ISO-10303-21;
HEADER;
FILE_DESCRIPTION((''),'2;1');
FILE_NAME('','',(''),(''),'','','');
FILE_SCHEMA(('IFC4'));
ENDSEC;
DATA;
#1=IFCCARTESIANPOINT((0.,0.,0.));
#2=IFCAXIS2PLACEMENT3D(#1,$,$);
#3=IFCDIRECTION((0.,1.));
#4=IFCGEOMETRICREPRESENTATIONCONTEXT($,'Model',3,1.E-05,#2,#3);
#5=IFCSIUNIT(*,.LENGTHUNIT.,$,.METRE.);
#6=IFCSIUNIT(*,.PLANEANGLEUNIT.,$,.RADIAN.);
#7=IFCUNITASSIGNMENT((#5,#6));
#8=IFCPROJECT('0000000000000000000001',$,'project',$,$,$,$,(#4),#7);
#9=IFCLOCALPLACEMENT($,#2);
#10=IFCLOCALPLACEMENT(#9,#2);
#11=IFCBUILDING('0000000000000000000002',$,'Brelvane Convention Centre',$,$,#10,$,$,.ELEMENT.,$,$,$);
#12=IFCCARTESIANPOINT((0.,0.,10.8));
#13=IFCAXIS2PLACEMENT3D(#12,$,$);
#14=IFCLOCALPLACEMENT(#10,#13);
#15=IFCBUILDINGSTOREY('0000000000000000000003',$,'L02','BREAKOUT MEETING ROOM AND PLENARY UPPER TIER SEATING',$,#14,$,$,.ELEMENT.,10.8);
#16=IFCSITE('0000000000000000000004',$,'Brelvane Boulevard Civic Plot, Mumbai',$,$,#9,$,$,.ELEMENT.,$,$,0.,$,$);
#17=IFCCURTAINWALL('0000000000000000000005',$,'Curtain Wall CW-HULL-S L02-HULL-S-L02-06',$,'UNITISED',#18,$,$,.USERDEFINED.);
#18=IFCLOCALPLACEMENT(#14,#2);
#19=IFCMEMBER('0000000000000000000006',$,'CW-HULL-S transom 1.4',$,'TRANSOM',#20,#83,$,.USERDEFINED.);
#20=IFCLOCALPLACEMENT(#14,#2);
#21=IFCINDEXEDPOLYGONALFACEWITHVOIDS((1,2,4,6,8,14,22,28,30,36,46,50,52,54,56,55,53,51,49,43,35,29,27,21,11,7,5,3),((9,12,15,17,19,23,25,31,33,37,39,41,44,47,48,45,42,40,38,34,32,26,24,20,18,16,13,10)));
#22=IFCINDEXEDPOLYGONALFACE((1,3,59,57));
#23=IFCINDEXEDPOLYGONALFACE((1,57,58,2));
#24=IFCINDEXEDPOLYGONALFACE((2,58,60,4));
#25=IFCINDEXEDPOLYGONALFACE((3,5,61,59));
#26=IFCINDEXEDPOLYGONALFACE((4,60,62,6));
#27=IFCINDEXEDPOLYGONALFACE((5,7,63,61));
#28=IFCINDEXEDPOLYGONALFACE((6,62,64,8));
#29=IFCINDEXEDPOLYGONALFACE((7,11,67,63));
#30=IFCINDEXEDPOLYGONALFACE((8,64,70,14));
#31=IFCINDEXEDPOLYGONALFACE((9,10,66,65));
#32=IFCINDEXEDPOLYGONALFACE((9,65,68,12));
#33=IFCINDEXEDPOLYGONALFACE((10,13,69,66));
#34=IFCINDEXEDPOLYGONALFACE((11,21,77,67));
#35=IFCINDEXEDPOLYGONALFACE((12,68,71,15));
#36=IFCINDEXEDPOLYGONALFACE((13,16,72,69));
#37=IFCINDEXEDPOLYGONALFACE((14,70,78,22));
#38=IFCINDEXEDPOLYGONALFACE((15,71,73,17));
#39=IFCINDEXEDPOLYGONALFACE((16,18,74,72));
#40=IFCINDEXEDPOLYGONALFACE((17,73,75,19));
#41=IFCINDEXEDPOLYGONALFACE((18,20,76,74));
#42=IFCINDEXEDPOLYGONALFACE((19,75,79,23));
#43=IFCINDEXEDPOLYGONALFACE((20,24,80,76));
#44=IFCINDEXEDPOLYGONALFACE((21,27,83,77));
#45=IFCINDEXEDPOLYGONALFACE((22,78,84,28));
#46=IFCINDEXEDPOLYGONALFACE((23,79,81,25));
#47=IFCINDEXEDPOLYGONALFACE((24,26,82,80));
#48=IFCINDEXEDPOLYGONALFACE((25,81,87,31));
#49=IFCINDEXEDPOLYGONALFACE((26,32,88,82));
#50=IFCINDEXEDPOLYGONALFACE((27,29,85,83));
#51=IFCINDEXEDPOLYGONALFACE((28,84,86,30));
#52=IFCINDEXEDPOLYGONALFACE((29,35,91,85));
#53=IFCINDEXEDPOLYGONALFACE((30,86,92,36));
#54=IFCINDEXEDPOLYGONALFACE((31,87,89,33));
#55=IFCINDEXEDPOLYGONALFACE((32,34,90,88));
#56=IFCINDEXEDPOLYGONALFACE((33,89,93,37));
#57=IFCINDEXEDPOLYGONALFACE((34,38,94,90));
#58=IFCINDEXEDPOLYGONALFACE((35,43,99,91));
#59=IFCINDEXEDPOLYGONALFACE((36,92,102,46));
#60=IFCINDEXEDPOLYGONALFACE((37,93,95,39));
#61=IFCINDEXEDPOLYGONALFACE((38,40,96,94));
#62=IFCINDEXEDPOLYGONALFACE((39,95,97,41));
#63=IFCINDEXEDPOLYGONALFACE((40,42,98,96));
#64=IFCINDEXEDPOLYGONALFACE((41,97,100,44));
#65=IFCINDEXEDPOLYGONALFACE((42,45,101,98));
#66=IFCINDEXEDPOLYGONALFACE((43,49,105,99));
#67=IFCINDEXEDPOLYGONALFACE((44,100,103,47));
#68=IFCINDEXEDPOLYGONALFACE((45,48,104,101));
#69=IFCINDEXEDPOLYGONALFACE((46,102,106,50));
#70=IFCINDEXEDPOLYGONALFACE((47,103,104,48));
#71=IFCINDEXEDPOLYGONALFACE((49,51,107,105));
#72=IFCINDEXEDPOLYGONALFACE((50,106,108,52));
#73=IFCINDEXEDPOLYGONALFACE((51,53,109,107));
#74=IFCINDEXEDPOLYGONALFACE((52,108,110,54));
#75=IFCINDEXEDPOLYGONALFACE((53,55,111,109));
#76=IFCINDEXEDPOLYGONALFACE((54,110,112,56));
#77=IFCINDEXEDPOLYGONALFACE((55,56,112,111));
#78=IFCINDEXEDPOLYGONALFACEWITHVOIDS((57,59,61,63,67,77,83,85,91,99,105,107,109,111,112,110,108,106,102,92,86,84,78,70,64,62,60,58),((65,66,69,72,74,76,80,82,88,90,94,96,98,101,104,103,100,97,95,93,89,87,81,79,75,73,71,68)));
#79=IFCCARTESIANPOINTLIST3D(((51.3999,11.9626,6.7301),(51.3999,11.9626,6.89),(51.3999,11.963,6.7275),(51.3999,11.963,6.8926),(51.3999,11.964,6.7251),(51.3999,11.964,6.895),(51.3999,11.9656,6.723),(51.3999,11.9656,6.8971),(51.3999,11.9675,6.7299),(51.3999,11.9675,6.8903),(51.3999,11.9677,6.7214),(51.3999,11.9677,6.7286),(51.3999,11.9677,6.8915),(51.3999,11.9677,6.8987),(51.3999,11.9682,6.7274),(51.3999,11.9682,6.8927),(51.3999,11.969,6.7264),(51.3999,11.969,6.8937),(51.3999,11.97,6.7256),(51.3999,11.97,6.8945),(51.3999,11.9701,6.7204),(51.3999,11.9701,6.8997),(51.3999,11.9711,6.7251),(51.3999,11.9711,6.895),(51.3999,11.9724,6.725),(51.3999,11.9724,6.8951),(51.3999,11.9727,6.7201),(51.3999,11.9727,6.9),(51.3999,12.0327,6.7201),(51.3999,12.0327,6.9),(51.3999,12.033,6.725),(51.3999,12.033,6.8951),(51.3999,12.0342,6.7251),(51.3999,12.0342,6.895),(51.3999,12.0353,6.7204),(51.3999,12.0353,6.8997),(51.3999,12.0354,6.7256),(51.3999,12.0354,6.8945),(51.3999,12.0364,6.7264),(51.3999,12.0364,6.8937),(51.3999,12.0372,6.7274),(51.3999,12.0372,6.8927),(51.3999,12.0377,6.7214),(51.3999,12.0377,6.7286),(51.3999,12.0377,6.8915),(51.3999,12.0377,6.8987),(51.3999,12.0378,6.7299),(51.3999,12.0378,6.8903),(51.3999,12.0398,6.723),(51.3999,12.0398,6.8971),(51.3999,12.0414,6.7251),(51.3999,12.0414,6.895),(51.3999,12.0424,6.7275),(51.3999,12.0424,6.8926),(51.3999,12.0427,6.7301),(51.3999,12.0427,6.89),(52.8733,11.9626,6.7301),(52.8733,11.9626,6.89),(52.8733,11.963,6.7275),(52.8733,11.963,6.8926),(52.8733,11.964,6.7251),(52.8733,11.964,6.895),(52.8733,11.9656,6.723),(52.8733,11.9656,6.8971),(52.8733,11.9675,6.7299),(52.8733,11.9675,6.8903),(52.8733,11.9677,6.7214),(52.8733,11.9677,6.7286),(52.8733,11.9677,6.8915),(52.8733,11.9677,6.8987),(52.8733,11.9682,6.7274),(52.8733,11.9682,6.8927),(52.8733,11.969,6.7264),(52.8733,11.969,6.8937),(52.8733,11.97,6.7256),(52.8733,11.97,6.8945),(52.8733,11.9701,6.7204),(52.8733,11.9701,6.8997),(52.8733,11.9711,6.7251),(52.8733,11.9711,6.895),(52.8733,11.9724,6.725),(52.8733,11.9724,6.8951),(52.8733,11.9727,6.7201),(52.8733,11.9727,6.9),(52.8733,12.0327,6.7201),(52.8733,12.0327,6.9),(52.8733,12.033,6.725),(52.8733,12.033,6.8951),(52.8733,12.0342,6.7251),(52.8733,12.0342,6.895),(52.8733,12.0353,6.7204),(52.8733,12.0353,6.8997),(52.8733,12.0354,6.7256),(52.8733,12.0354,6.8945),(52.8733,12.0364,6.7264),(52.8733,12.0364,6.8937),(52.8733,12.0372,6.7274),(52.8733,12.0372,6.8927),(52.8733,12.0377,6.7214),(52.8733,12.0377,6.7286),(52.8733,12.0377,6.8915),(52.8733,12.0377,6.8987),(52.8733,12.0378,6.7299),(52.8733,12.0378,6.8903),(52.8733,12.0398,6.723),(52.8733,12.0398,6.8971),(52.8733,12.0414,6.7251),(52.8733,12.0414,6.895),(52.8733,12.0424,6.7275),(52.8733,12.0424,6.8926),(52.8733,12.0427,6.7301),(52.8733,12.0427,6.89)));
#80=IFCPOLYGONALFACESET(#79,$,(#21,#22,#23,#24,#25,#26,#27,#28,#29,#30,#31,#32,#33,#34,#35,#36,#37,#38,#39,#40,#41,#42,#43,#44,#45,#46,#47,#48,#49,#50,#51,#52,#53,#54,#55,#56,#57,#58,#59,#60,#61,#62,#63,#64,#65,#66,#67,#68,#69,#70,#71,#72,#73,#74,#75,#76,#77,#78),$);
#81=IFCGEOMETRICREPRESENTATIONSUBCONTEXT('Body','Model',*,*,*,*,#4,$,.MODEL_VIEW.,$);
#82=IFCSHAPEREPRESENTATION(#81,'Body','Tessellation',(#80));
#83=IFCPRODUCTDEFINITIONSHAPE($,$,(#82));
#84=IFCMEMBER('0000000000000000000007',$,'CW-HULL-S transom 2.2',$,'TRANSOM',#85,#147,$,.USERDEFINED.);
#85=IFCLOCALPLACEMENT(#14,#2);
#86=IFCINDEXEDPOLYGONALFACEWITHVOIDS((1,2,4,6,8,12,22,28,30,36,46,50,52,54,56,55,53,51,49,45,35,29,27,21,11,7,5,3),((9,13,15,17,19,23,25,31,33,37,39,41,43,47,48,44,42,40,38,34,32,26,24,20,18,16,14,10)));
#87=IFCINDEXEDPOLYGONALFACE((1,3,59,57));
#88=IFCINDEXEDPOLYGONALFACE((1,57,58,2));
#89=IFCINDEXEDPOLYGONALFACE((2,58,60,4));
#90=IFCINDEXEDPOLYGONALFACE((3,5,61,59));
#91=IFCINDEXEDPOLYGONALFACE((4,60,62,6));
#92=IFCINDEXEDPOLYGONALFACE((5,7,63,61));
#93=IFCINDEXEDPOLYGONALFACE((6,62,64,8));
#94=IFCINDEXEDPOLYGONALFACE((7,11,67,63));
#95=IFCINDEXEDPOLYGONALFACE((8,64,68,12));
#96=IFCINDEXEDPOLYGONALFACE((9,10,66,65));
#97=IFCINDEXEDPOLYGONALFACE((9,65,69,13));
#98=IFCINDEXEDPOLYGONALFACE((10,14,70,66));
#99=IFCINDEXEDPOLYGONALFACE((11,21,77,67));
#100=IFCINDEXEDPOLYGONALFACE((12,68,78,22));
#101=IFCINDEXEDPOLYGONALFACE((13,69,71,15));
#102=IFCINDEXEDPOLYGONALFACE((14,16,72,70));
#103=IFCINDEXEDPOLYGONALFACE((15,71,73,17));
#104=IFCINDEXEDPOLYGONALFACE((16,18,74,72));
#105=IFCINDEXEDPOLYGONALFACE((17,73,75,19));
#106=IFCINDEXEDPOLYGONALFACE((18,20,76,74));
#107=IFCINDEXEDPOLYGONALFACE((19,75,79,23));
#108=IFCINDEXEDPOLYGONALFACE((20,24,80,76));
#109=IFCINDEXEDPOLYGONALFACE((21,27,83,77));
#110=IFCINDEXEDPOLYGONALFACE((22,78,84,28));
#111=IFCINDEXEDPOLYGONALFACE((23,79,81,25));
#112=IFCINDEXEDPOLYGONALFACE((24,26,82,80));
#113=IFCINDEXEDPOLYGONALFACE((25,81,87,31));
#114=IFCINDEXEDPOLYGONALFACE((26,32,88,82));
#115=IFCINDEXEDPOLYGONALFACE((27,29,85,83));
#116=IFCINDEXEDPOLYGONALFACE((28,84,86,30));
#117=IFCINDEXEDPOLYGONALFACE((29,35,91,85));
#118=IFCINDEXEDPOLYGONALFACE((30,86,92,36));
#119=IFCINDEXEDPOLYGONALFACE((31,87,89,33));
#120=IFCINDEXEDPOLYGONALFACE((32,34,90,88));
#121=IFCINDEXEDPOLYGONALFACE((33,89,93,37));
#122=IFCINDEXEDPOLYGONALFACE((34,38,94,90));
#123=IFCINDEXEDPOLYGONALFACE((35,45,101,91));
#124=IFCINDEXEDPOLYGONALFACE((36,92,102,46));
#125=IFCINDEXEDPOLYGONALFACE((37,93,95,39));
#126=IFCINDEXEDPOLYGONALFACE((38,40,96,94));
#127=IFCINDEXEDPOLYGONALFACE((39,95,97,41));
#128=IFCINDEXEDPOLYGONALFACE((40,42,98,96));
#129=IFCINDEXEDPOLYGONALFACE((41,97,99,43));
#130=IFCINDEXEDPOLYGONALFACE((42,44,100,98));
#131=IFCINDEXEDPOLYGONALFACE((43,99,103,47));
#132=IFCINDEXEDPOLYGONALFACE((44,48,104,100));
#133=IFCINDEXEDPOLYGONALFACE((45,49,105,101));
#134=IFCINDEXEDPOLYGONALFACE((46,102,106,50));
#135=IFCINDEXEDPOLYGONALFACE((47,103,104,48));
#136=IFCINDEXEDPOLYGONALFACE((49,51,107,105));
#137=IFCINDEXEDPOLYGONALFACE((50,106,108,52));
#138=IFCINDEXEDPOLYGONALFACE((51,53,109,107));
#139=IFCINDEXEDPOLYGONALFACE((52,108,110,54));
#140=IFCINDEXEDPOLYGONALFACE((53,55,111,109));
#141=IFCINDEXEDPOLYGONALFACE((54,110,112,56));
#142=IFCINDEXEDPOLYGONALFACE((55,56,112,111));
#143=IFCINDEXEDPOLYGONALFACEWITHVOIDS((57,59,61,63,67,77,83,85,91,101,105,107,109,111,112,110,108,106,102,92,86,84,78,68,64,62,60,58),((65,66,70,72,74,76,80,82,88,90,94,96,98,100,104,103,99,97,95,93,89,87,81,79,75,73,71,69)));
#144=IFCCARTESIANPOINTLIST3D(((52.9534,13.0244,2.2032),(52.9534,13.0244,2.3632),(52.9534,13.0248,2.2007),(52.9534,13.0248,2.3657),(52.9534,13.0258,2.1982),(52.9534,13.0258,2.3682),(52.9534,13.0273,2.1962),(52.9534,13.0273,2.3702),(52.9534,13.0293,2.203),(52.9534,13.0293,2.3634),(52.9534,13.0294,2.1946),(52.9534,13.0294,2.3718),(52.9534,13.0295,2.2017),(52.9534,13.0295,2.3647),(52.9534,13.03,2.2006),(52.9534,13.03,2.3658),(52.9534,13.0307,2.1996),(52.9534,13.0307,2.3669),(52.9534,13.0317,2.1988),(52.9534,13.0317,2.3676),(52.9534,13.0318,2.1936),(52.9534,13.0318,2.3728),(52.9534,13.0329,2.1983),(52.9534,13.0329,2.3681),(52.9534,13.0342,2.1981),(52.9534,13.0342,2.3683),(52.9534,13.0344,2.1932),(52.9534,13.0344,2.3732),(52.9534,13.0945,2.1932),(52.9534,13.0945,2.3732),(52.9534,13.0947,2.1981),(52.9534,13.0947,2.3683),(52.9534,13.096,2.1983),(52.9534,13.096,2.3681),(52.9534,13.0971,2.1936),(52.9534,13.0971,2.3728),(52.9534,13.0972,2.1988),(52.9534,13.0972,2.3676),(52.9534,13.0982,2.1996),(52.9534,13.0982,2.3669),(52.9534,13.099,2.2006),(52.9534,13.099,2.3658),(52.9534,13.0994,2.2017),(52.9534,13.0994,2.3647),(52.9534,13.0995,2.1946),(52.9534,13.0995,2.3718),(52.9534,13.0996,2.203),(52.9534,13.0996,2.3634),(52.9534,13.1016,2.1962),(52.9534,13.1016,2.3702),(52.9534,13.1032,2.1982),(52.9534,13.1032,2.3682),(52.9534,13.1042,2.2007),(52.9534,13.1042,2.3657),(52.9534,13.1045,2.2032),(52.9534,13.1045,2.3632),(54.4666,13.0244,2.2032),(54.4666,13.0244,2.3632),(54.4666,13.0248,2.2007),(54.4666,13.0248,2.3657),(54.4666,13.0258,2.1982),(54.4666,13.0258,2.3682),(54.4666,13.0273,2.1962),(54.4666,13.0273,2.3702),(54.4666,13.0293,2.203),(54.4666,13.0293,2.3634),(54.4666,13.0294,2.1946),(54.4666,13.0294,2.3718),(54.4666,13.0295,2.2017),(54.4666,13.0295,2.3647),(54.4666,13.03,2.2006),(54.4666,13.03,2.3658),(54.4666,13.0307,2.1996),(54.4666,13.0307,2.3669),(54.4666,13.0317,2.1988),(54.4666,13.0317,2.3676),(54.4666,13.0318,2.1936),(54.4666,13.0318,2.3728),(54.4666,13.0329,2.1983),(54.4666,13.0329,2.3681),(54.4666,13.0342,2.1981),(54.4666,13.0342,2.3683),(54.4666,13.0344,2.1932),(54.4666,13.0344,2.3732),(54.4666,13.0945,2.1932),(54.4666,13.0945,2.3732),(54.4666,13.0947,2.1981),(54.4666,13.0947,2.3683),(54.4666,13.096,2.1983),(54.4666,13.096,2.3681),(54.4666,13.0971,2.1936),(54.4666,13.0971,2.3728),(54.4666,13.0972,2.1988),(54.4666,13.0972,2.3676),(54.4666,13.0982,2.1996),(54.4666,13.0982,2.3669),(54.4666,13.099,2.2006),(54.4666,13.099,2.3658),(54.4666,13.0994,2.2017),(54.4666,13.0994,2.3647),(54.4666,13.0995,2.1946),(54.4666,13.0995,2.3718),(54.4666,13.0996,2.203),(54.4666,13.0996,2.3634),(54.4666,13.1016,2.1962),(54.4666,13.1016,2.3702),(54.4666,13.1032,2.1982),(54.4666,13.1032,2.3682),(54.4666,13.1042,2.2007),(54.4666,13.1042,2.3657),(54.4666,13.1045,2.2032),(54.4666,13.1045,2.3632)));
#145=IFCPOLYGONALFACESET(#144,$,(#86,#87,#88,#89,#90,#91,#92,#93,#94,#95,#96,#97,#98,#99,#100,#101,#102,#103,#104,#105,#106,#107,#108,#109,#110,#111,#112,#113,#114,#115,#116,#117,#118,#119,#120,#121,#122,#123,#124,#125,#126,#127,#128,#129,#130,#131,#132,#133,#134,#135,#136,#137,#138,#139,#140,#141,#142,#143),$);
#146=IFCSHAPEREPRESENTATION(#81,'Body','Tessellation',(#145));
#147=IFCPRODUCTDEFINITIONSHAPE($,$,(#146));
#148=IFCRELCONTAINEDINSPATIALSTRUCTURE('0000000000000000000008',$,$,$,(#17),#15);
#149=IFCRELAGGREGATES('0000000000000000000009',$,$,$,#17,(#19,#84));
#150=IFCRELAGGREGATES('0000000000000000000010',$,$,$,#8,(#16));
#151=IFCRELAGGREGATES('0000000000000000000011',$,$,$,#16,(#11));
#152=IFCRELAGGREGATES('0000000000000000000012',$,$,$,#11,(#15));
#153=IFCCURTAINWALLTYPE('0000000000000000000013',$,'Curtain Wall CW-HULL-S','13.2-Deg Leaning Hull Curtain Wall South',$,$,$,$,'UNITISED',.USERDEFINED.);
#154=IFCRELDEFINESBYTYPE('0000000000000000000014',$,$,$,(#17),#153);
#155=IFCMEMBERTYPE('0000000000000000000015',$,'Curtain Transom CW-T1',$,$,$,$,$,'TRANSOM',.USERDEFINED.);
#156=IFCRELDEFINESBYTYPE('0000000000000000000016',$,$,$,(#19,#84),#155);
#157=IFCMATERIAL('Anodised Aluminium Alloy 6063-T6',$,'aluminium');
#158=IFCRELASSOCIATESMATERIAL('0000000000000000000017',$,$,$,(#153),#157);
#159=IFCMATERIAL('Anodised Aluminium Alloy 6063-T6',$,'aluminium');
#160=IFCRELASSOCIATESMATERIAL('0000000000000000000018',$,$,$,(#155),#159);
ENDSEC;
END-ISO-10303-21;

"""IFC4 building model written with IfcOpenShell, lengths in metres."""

from ifc_helpers import new_model, si_unit, direction, frame, origin, origin_2d, place, context, subcontext, project, spatial, hollow_rectangle, extrude, material, material_profile, profile_set, type_object, element, aggregate, save


model = new_model("IFC4")

# Units and contexts
model_context = context("Model", 3, precision=1e-05, world=origin(), true_north=direction((0.0, 1.0)))
body_context = subcontext(model_context, "Body", "Model", "MODEL_VIEW")
ifc_project = project(units=[si_unit("LENGTHUNIT", "METRE"), si_unit("PLANEANGLEUNIT", "RADIAN")], contexts=[model_context])

# Site, building, storey
site_placement = place(None, origin())
site = spatial("IfcSite", under=ifc_project, at=site_placement, Name="Brelvane Boulevard Civic Plot, Mumbai", CompositionType="ELEMENT", RefElevation=0.0)
building_placement = place(site_placement, origin())
building = spatial("IfcBuilding", under=site, at=building_placement, Name="Brelvane Convention Centre", CompositionType="ELEMENT")
storey_placement = place(building_placement, frame((0.0, 0.0, 10.8)))
storey = spatial("IfcBuildingStorey", under=building, at=storey_placement, Name="L02", Description="BREAKOUT MEETING ROOM AND PLENARY UPPER TIER SEATING", CompositionType="ELEMENT", Elevation=10.8)

# Curtain wall, members
ifc_material_1 = material(Name="Anodised Aluminium Alloy 6063-T6", Category="aluminium")
curtain_wall_type = type_object("IfcCurtainWallType", Name="Curtain Wall CW-HULL-S", Description="13.2-Deg Leaning Hull Curtain Wall South", ElementType="UNITISED", PredefinedType="USERDEFINED", material=ifc_material_1)
curtain_wall_placement = place(storey_placement, origin())
curtain_wall = element("IfcCurtainWall", 1, at=curtain_wall_placement, inside=storey, type_object=curtain_wall_type, Name="Curtain Wall CW-HULL-S L02-HULL-S-L02-06", ObjectType="UNITISED", PredefinedType="USERDEFINED")
ifc_material_2 = material(Name="Anodised Aluminium Alloy 6063-T6", Category="aluminium")
ifc_material_profile = material_profile(ifc_material_2, hollow_rectangle(XDim=0.0801, YDim=0.1799, WallThickness=0.0049, InnerFilletRadius=0.0049, OuterFilletRadius=0.01, at=origin_2d()), Name="ALU-T 180x80x5.0")
ifc_profile_set = profile_set([ifc_material_profile], Name="Anodised Aluminium Alloy 6063-T6")
member_type = type_object("IfcMemberType", Name="Curtain Transom CW-T1", ElementType="TRANSOM", PredefinedType="USERDEFINED", material=ifc_profile_set)
member_1_placement = place(storey_placement, frame((51.3999, 12.0027, 6.8101), z_axis=(1.0, 0.0, 0.0), x_axis=(0.0, 1.0, 0.0)))
member_1 = element("IfcMember", 2, at=member_1_placement, type_object=member_type, Name="CW-HULL-S transom 1.4", ObjectType="TRANSOM", PredefinedType="USERDEFINED", context=body_context, shape_type="SweptSolid", body=[
    extrude(hollow_rectangle(XDim=0.0801, YDim=0.1799, WallThickness=0.0049, InnerFilletRadius=0.0049, OuterFilletRadius=0.01, at=origin_2d()), origin(), (0.0, 0.0, 1.0), 1.4734),
])
member_2_placement = place(storey_placement, frame((52.9534, 13.0645, 2.2832), z_axis=(1.0, 0.0, 0.0), x_axis=(0.0, 1.0, 0.0)))
member_2 = element("IfcMember", 3, at=member_2_placement, type_object=member_type, Name="CW-HULL-S transom 2.2", ObjectType="TRANSOM", PredefinedType="USERDEFINED", context=body_context, shape_type="SweptSolid", body=[
    extrude(hollow_rectangle(XDim=0.0801, YDim=0.1799, WallThickness=0.0049, InnerFilletRadius=0.0049, OuterFilletRadius=0.01, at=origin_2d()), origin(), (0.0, 0.0, 1.0), 1.5132),
])
aggregate(curtain_wall, [member_1, member_2])

save(model, "model.ifc")
